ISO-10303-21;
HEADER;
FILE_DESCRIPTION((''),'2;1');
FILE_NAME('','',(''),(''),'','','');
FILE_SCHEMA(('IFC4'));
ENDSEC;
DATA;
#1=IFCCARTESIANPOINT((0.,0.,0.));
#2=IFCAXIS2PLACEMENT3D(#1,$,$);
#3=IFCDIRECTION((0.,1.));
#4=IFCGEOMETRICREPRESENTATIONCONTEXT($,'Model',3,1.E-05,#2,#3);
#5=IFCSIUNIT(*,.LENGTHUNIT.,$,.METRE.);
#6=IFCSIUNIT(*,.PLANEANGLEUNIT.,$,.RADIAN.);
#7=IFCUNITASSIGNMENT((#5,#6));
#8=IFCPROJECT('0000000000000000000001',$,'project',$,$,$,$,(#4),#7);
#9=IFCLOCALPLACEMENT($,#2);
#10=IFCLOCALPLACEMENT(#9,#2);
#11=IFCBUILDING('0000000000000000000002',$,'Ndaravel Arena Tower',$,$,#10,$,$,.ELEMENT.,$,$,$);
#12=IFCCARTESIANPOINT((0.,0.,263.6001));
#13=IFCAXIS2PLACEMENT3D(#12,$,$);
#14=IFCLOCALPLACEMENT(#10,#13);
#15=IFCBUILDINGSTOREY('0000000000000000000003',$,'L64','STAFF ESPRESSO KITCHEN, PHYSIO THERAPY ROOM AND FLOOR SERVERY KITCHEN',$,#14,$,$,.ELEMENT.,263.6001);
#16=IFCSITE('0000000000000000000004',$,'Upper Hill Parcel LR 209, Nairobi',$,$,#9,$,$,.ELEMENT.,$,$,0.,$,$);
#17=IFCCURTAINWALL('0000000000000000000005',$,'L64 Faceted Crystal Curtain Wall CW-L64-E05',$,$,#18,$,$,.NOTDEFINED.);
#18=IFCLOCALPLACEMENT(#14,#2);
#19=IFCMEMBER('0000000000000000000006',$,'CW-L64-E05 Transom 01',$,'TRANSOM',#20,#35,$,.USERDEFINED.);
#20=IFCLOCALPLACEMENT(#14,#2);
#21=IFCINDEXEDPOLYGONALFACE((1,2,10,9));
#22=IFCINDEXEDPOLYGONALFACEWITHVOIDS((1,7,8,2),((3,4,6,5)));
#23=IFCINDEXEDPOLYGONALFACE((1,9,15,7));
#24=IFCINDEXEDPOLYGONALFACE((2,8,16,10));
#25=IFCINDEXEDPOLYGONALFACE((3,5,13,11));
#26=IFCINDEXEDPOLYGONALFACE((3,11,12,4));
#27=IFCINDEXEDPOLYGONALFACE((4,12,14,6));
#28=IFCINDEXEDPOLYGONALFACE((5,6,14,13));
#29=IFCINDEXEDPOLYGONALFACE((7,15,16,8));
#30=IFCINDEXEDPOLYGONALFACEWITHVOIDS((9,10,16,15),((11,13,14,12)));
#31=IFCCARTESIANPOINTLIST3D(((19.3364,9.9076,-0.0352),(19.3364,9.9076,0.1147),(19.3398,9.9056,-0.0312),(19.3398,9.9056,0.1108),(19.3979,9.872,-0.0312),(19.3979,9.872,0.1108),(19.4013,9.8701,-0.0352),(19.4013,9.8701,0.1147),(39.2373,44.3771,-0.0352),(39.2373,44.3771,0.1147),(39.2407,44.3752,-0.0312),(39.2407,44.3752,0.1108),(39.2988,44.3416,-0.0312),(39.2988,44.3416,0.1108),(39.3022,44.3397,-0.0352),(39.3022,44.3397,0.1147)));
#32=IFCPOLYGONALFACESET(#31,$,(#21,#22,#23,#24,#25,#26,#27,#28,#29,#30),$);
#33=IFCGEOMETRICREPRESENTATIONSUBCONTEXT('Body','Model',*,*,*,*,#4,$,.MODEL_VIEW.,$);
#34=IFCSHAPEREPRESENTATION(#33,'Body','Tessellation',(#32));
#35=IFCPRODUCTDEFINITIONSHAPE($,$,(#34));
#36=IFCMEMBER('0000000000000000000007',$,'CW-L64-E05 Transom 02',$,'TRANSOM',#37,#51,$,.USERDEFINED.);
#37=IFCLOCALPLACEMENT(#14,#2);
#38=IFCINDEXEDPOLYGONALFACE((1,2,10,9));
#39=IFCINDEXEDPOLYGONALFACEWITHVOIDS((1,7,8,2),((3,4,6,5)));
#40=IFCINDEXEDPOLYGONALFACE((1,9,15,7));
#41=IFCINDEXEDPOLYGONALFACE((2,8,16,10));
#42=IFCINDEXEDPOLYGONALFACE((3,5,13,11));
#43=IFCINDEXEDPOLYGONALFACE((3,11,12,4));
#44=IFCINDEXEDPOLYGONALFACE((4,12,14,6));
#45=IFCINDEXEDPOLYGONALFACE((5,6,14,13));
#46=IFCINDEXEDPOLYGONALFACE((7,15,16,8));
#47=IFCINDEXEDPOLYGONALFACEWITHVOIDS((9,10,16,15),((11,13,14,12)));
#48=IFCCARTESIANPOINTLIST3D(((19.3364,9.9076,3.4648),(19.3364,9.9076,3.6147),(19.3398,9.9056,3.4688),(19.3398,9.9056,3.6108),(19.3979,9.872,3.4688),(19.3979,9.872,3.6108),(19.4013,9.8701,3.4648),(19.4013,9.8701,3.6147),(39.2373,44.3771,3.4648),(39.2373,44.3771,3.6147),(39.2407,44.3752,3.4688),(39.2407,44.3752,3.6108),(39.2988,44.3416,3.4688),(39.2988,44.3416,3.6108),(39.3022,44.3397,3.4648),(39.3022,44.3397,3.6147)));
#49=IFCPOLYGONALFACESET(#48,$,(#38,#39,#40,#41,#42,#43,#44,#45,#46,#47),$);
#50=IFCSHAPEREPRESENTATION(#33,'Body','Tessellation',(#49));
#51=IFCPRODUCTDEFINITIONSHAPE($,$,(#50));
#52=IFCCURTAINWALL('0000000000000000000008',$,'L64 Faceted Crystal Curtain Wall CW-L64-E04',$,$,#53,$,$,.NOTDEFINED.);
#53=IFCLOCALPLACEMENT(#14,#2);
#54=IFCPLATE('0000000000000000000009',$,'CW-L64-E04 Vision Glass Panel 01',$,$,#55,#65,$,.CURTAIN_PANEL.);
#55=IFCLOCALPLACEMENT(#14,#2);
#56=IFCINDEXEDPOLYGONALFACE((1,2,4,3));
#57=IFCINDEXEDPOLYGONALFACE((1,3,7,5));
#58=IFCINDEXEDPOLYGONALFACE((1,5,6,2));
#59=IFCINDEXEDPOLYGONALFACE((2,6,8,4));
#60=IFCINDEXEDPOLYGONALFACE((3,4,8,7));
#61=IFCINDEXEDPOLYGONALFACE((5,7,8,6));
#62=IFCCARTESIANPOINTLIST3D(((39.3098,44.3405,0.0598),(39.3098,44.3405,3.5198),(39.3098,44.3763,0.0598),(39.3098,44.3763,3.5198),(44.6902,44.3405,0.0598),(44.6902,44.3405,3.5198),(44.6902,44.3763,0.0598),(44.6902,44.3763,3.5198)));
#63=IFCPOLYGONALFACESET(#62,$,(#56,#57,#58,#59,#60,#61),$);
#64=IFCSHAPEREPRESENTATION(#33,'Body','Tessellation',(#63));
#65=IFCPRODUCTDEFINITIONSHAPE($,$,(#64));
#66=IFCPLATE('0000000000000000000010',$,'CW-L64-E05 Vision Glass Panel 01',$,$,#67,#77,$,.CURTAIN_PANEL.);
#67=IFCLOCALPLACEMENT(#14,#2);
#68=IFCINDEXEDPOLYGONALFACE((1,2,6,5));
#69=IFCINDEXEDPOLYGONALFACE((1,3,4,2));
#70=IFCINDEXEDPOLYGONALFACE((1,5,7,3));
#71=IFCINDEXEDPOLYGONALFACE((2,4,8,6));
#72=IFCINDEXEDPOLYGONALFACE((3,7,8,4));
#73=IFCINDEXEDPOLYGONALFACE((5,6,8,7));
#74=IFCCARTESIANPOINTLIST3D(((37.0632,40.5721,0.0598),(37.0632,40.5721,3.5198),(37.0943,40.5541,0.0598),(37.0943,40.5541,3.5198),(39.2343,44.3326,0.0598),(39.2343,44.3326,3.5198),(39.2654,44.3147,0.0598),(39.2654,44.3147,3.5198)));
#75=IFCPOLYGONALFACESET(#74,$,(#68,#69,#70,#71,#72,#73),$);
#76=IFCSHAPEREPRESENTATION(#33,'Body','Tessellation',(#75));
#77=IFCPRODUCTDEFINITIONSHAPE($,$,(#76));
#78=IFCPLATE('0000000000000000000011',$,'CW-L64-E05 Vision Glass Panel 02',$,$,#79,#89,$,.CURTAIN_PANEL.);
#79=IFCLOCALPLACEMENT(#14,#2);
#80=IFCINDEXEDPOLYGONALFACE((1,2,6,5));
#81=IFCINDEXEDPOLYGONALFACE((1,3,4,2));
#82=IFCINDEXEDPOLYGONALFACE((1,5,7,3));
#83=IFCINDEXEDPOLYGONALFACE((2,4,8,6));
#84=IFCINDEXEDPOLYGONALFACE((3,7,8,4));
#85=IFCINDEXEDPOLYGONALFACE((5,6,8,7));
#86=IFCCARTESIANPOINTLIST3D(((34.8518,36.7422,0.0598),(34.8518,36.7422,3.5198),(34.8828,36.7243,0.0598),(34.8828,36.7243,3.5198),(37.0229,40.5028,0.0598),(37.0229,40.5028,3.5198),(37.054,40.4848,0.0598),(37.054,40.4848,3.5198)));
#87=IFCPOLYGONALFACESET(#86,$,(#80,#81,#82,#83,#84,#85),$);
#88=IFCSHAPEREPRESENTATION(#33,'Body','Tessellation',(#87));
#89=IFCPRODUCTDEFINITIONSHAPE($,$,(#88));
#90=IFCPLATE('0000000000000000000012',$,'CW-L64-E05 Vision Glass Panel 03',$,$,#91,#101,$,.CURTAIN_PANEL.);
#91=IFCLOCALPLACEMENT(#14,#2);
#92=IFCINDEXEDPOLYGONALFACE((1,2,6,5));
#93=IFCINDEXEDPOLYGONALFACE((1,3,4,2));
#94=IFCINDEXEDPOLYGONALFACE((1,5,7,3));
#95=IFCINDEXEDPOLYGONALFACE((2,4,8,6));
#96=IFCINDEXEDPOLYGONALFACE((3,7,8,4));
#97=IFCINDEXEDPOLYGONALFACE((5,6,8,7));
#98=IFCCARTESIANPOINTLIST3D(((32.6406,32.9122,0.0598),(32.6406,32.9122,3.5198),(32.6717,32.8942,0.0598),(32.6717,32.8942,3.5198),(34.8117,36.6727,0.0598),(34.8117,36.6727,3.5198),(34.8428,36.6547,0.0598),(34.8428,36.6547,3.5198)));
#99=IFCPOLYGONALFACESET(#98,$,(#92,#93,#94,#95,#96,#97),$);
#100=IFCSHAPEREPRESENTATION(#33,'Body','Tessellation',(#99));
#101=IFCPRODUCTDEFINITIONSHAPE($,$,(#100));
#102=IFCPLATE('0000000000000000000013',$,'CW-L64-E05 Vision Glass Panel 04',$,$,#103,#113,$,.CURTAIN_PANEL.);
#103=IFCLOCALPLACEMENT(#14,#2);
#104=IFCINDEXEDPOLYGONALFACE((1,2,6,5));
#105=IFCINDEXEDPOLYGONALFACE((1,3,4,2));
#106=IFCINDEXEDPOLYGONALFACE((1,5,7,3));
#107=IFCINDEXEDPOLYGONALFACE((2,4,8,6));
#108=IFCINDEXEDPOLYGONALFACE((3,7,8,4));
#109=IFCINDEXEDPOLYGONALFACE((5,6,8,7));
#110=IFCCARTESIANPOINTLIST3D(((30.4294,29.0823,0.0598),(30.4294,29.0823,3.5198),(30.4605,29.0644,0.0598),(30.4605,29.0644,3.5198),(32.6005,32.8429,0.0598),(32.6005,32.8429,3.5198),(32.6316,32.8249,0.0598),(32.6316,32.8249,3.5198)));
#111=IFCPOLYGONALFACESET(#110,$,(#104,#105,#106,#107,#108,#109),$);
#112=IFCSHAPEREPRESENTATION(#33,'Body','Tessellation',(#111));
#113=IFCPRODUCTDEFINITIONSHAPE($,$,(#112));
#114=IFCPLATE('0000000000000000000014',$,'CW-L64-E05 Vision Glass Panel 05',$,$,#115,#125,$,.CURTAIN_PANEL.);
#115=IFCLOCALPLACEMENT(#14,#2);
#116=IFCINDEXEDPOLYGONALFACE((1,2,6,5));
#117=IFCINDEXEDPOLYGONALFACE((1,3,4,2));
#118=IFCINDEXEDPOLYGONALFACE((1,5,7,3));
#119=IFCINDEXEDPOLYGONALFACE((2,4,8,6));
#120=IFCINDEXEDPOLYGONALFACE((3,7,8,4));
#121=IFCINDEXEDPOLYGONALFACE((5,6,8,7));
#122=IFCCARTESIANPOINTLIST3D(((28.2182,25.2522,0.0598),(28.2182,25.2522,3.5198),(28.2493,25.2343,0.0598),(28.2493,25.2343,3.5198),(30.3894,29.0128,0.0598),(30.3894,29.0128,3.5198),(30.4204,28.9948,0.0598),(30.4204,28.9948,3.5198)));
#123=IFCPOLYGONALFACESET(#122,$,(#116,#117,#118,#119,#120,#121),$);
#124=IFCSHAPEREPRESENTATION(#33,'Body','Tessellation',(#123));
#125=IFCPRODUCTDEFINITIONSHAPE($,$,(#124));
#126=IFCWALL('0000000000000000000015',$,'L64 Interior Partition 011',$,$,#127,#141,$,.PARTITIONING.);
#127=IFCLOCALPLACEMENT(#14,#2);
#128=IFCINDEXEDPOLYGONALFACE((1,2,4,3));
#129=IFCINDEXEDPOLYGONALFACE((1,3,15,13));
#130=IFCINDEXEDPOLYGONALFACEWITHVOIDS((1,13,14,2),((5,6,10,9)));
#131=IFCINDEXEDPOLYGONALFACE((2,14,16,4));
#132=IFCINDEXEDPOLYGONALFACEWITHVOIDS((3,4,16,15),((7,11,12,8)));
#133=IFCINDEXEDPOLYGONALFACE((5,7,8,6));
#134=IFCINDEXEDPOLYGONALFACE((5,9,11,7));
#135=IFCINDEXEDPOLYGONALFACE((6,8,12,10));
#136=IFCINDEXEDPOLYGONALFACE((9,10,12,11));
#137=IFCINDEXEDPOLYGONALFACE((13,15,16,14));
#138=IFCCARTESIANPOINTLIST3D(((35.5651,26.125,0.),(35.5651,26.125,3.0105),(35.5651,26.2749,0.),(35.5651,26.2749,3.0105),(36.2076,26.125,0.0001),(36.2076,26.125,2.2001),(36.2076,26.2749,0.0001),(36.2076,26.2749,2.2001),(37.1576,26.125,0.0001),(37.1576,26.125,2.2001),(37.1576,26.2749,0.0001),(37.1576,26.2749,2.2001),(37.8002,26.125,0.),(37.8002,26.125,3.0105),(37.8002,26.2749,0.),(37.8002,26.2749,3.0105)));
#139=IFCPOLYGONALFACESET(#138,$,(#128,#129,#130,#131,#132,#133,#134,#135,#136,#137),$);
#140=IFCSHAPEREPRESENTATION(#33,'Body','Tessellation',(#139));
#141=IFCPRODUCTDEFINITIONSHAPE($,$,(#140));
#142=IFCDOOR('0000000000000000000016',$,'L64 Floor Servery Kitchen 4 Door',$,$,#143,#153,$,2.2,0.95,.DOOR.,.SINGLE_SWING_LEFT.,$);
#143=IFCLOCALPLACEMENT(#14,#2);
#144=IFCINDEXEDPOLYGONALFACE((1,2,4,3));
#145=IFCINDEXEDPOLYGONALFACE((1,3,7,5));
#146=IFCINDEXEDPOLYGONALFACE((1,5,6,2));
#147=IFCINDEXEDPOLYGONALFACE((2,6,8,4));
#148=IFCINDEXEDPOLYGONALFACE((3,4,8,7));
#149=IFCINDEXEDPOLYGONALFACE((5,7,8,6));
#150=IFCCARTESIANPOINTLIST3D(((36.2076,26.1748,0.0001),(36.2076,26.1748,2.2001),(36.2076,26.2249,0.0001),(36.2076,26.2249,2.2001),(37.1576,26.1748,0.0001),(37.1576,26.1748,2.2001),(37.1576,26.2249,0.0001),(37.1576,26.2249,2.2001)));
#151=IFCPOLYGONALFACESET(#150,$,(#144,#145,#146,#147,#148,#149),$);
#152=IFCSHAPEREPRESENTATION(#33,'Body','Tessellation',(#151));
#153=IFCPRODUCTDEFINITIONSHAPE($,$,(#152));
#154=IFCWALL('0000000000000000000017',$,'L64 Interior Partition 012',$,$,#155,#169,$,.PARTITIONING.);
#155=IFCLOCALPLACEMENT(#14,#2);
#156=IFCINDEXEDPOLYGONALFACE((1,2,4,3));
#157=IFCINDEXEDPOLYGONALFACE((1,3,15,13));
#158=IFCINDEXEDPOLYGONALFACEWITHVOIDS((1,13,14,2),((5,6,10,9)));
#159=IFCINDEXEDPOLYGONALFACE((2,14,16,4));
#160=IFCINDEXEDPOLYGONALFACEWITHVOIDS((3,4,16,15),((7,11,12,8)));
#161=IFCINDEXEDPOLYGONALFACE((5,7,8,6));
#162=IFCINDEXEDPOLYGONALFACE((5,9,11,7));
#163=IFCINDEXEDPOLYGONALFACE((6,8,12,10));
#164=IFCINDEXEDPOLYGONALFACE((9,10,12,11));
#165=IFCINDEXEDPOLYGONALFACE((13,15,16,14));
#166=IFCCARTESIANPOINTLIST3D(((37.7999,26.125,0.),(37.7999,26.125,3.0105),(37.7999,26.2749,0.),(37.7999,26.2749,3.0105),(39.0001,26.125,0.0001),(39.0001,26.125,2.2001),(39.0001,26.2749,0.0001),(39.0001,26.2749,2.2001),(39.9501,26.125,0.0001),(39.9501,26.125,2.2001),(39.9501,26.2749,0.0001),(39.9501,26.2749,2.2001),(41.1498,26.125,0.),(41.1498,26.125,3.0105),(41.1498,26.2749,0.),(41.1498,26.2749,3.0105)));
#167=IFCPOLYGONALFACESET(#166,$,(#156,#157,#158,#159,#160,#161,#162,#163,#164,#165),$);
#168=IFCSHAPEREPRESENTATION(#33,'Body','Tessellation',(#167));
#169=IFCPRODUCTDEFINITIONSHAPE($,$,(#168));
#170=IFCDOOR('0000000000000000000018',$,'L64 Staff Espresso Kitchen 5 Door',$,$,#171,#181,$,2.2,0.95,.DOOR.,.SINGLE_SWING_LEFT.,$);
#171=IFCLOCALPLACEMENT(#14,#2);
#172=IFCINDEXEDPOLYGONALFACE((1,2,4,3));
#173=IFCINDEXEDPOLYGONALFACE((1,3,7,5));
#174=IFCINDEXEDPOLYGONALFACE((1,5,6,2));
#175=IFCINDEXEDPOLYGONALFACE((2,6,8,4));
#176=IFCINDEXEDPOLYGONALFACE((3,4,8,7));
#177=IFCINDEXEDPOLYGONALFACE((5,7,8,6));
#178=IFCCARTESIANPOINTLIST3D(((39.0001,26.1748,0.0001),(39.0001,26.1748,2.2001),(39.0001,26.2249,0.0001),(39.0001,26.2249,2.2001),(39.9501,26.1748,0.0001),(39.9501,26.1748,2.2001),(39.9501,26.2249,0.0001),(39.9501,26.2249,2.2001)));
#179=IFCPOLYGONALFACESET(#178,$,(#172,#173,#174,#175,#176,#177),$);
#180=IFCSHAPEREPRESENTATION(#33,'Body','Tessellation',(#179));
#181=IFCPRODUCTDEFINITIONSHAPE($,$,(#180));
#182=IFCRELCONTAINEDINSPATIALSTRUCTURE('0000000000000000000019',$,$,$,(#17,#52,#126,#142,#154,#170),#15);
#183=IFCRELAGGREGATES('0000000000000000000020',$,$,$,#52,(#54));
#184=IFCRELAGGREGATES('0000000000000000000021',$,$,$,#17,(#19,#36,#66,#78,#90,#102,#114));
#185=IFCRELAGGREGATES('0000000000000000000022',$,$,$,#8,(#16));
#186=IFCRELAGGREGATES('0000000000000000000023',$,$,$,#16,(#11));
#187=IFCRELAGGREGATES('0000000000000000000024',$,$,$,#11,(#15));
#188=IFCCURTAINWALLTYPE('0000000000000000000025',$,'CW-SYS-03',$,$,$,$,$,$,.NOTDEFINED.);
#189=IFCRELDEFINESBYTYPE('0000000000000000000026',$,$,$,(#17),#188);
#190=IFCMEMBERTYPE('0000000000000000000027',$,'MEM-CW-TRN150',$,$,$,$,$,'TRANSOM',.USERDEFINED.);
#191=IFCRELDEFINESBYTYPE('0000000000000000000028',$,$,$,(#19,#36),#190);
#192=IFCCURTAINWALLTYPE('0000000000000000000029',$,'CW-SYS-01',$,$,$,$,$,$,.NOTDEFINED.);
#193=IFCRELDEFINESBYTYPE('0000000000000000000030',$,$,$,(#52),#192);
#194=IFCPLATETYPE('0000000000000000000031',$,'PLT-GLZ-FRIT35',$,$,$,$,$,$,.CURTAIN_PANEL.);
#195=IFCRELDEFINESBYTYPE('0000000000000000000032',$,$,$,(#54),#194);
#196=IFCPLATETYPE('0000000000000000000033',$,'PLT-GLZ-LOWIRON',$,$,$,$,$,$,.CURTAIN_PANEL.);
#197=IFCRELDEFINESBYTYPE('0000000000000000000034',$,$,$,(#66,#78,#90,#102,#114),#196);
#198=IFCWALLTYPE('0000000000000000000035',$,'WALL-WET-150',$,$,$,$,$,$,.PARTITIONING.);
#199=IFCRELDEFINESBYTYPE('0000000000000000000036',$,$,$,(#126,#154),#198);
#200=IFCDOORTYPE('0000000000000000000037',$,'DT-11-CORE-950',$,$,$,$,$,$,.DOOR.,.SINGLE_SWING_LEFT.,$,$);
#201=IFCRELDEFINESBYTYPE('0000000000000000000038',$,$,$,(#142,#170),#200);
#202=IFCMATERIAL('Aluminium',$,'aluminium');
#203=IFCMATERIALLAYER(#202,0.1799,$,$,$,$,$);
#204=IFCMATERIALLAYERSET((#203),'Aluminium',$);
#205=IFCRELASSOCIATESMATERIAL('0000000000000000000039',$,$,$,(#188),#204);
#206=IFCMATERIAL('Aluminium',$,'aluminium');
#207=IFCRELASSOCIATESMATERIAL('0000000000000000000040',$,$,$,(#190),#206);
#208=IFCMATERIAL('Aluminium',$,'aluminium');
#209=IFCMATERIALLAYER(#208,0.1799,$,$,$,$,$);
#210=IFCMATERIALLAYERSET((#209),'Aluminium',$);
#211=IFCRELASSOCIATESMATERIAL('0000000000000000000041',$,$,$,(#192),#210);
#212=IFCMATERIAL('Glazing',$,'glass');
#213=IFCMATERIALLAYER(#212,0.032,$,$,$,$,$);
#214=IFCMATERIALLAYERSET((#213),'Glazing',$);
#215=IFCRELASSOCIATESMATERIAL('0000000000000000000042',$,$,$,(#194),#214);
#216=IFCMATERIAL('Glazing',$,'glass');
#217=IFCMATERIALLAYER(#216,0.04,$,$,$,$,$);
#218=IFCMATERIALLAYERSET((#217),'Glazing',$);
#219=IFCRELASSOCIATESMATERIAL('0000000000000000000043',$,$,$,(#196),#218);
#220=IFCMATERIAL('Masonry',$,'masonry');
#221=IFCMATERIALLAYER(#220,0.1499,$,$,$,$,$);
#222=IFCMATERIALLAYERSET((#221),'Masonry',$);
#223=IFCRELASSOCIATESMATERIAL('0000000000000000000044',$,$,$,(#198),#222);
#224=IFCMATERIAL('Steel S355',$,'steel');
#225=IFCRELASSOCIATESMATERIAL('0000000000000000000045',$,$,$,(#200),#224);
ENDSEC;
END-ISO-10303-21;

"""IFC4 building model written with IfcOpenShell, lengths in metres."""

from ifc_helpers import new_model, si_unit, direction, frame, frame_2d, origin, origin_2d, place, context, subcontext, project, spatial, rectangle, hollow_rectangle, extrude, material, layer, layer_set, material_profile, profile_set, type_object, element, fill, aggregate, save


model = new_model("IFC4")

# Units and contexts
model_context = context("Model", 3, precision=1e-05, world=origin(), true_north=direction((0.0, 1.0)))
body_context = subcontext(model_context, "Body", "Model", "MODEL_VIEW")
ifc_project = project(units=[si_unit("LENGTHUNIT", "METRE"), si_unit("PLANEANGLEUNIT", "RADIAN")], contexts=[model_context])

# Site, building, storey
site_placement = place(None, origin())
site = spatial("IfcSite", under=ifc_project, at=site_placement, Name="Upper Hill Parcel LR 209, Nairobi", CompositionType="ELEMENT", RefElevation=0.0)
building_placement = place(site_placement, origin())
building = spatial("IfcBuilding", under=site, at=building_placement, Name="Ndaravel Arena Tower", CompositionType="ELEMENT")
storey_placement = place(building_placement, frame((0.0, 0.0, 263.6001)))
storey = spatial("IfcBuildingStorey", under=building, at=storey_placement, Name="L64", Description="STAFF ESPRESSO KITCHEN, PHYSIO THERAPY ROOM AND FLOOR SERVERY KITCHEN", CompositionType="ELEMENT", Elevation=263.6001)

# Curtain wall, members
ifc_material_1 = material(Name="Aluminium", Category="aluminium")
ifc_layer_1 = layer(ifc_material_1, 0.1799)
ifc_layer_set_1 = layer_set([ifc_layer_1], Name="Aluminium")
curtain_wall_type_1 = type_object("IfcCurtainWallType", Name="CW-SYS-03", PredefinedType="NOTDEFINED", material=ifc_layer_set_1)
curtain_wall_1_placement = place(storey_placement, origin())
curtain_wall_1 = element("IfcCurtainWall", 1, at=curtain_wall_1_placement, inside=storey, type_object=curtain_wall_type_1, Name="L64 Faceted Crystal Curtain Wall CW-L64-E05", PredefinedType="NOTDEFINED")
ifc_material_2 = material(Name="Aluminium", Category="aluminium")
ifc_material_profile_1 = material_profile(ifc_material_2, hollow_rectangle(XDim=0.075, YDim=0.1499, WallThickness=0.0039, at=origin_2d()), Name="CW TRANSOM 75x150x4")
ifc_profile_set_1 = profile_set([ifc_material_profile_1], Name="Aluminium")
member_type_1 = type_object("IfcMemberType", Name="MEM-CW-TRN150", ElementType="TRANSOM", PredefinedType="USERDEFINED", material=ifc_profile_set_1)
member_1_placement = place(storey_placement, frame((39.2698, 44.3584, 0.0398), z_axis=(-0.499998, -0.866026, 0.0), x_axis=(0.866026, -0.499998, 0.0)))
member_1 = element("IfcMember", 2, at=member_1_placement, type_object=member_type_1, Name="CW-L64-E05 Transom 01", ObjectType="TRANSOM", PredefinedType="USERDEFINED", context=body_context, shape_type="SweptSolid", body=[
    extrude(hollow_rectangle(XDim=0.075, YDim=0.1499, WallThickness=0.0039, at=origin_2d()), origin(), (0.0, 0.0, 1.0), 39.802),
])
member_2_placement = place(storey_placement, frame((39.2698, 44.3584, 3.5398), z_axis=(-0.499998, -0.866026, 0.0), x_axis=(0.866026, -0.499998, 0.0)))
member_2 = element("IfcMember", 3, at=member_2_placement, type_object=member_type_1, Name="CW-L64-E05 Transom 02", ObjectType="TRANSOM", PredefinedType="USERDEFINED", context=body_context, shape_type="SweptSolid", body=[
    extrude(hollow_rectangle(XDim=0.075, YDim=0.1499, WallThickness=0.0039, at=origin_2d()), origin(), (0.0, 0.0, 1.0), 39.802),
])

# Curtain wall, plate
ifc_material_3 = material(Name="Aluminium", Category="aluminium")
ifc_layer_2 = layer(ifc_material_3, 0.1799)
ifc_layer_set_2 = layer_set([ifc_layer_2], Name="Aluminium")
curtain_wall_type_2 = type_object("IfcCurtainWallType", Name="CW-SYS-01", PredefinedType="NOTDEFINED", material=ifc_layer_set_2)
curtain_wall_2_placement = place(storey_placement, origin())
curtain_wall_2 = element("IfcCurtainWall", 4, at=curtain_wall_2_placement, inside=storey, type_object=curtain_wall_type_2, Name="L64 Faceted Crystal Curtain Wall CW-L64-E04", PredefinedType="NOTDEFINED")
ifc_material_4 = material(Name="Glazing", Category="glass")
ifc_layer_3 = layer(ifc_material_4, 0.032)
ifc_layer_set_3 = layer_set([ifc_layer_3], Name="Glazing")
plate_type_1 = type_object("IfcPlateType", Name="PLT-GLZ-FRIT35", PredefinedType="CURTAIN_PANEL", material=ifc_layer_set_3)
plate_1_placement = place(storey_placement, frame((42.0, 44.3584, 0.0598), z_axis=(0.0, 0.0, 1.0), x_axis=(-1.0, 0.0, 0.0)))
plate_1 = element("IfcPlate", 5, at=plate_1_placement, type_object=plate_type_1, Name="CW-L64-E04 Vision Glass Panel 01", PredefinedType="CURTAIN_PANEL", context=body_context, shape_type="SweptSolid", body=[
    extrude(rectangle(XDim=5.3804, YDim=0.0359, at=origin_2d()), origin(), (0.0, 0.0, 1.0), 3.46),
])
aggregate(curtain_wall_2, [plate_1])

# Plates
ifc_material_5 = material(Name="Glazing", Category="glass")
ifc_layer_4 = layer(ifc_material_5, 0.04)
ifc_layer_set_4 = layer_set([ifc_layer_4], Name="Glazing")
plate_type_2 = type_object("IfcPlateType", Name="PLT-GLZ-LOWIRON", PredefinedType="CURTAIN_PANEL", material=ifc_layer_set_4)
plate_2_placement = place(storey_placement, frame((38.1643, 42.4434, 0.0598), z_axis=(0.0, 0.0, 1.0), x_axis=(-0.5, -0.866025, 0.0)))
plate_2 = element("IfcPlate", 6, at=plate_2_placement, type_object=plate_type_2, Name="CW-L64-E05 Vision Glass Panel 01", PredefinedType="CURTAIN_PANEL", context=body_context, shape_type="SweptSolid", body=[
    extrude(rectangle(XDim=4.3423, YDim=0.0359, at=origin_2d()), origin(), (0.0, 0.0, 1.0), 3.46),
])
plate_3_placement = place(storey_placement, frame((35.9529, 38.6135, 0.0598), z_axis=(0.0, 0.0, 1.0), x_axis=(-0.5, -0.866025, 0.0)))
plate_3 = element("IfcPlate", 7, at=plate_3_placement, type_object=plate_type_2, Name="CW-L64-E05 Vision Glass Panel 02", PredefinedType="CURTAIN_PANEL", context=body_context, shape_type="SweptSolid", body=[
    extrude(rectangle(XDim=4.3423, YDim=0.0359, at=origin_2d()), origin(), (0.0, 0.0, 1.0), 3.46),
])
plate_4_placement = place(storey_placement, frame((33.7417, 34.7834, 0.0598), z_axis=(0.0, 0.0, 1.0), x_axis=(-0.5, -0.866025, 0.0)))
plate_4 = element("IfcPlate", 8, at=plate_4_placement, type_object=plate_type_2, Name="CW-L64-E05 Vision Glass Panel 03", PredefinedType="CURTAIN_PANEL", context=body_context, shape_type="SweptSolid", body=[
    extrude(rectangle(XDim=4.3423, YDim=0.0359, at=origin_2d()), origin(), (0.0, 0.0, 1.0), 3.46),
])
plate_5_placement = place(storey_placement, frame((31.5305, 30.9536, 0.0598), z_axis=(0.0, 0.0, 1.0), x_axis=(-0.5, -0.866025, 0.0)))
plate_5 = element("IfcPlate", 9, at=plate_5_placement, type_object=plate_type_2, Name="CW-L64-E05 Vision Glass Panel 04", PredefinedType="CURTAIN_PANEL", context=body_context, shape_type="SweptSolid", body=[
    extrude(rectangle(XDim=4.3423, YDim=0.0359, at=origin_2d()), origin(), (0.0, 0.0, 1.0), 3.46),
])
plate_6_placement = place(storey_placement, frame((29.3193, 27.1235, 0.0598), z_axis=(0.0, 0.0, 1.0), x_axis=(-0.5, -0.866025, 0.0)))
plate_6 = element("IfcPlate", 10, at=plate_6_placement, type_object=plate_type_2, Name="CW-L64-E05 Vision Glass Panel 05", PredefinedType="CURTAIN_PANEL", context=body_context, shape_type="SweptSolid", body=[
    extrude(rectangle(XDim=4.3423, YDim=0.0359, at=origin_2d()), origin(), (0.0, 0.0, 1.0), 3.46),
])
aggregate(curtain_wall_1, [member_1, member_2, plate_2, plate_3, plate_4, plate_5, plate_6])

# Walls, openings, doors
ifc_material_6 = material(Name="Masonry", Category="masonry")
ifc_layer_5 = layer(ifc_material_6, 0.1499)
ifc_layer_set_5 = layer_set([ifc_layer_5], Name="Masonry")
wall_type = type_object("IfcWallType", Name="WALL-WET-150", PredefinedType="PARTITIONING", material=ifc_layer_set_5)
wall_1_placement = place(storey_placement, frame((35.5649, 26.2, 0.0), z_axis=(0.0, 0.0, 1.0), x_axis=(1.0, 0.0, 0.0)))
wall_1 = element("IfcWall", 11, at=wall_1_placement, inside=storey, type_object=wall_type, Name="L64 Interior Partition 011", PredefinedType="PARTITIONING", context=body_context, shape_type="SweptSolid", body=[
    extrude(rectangle(XDim=2.2351, YDim=0.1499, at=frame_2d((1.1177, 0.0))), origin(), (0.0, 0.0, 1.0), 3.0105),
])
opening_1_placement = place(wall_1_placement, frame((0.6426, 0.0, 0.0)))
opening_1 = element("IfcOpeningElement", 12, at=opening_1_placement, cuts=wall_1, PredefinedType="OPENING", context=body_context, shape_type="SweptSolid", body=[
    extrude(rectangle(XDim=0.95, YDim=2.2, at=frame_2d((0.4751, 1.1001))), frame((0.0, 0.075, 0.0), z_axis=(0.0, -1.0, 0.0), x_axis=(1.0, 0.0, 0.0)), (0.0, 0.0, 1.0), 0.1499),
])
ifc_material_7 = material(Name="Steel S355", Category="steel")
door_type = type_object("IfcDoorType", Name="DT-11-CORE-950", OperationType="SINGLE_SWING_LEFT", PredefinedType="DOOR", material=ifc_material_7)
door_1_placement = place(opening_1_placement, origin())
door_1 = element("IfcDoor", 13, at=door_1_placement, inside=storey, type_object=door_type, Name="L64 Floor Servery Kitchen 4 Door", OperationType="SINGLE_SWING_LEFT", OverallHeight=2.2, OverallWidth=0.95, PredefinedType="DOOR", context=body_context, shape_type="SweptSolid", body=[
    extrude(rectangle(XDim=0.95, YDim=2.2, at=frame_2d((0.4751, 1.1001))), frame((0.0, 0.0249, 0.0), z_axis=(0.0, -1.0, 0.0), x_axis=(1.0, 0.0, 0.0)), (0.0, 0.0, 1.0), 0.05),
])
fill(opening_1, door_1)
wall_2_placement = place(storey_placement, frame((37.8, 26.2, 0.0), z_axis=(0.0, 0.0, 1.0), x_axis=(1.0, 0.0, 0.0)))
wall_2 = element("IfcWall", 14, at=wall_2_placement, inside=storey, type_object=wall_type, Name="L64 Interior Partition 012", PredefinedType="PARTITIONING", context=body_context, shape_type="SweptSolid", body=[
    extrude(rectangle(XDim=3.3499, YDim=0.1499, at=frame_2d((1.6748, 0.0))), origin(), (0.0, 0.0, 1.0), 3.0105),
])
opening_2_placement = place(wall_2_placement, frame((1.2, 0.0, 0.0)))
opening_2 = element("IfcOpeningElement", 15, at=opening_2_placement, cuts=wall_2, PredefinedType="OPENING", context=body_context, shape_type="SweptSolid", body=[
    extrude(rectangle(XDim=0.95, YDim=2.2, at=frame_2d((0.4751, 1.1001))), frame((0.0, 0.075, 0.0), z_axis=(0.0, -1.0, 0.0), x_axis=(1.0, 0.0, 0.0)), (0.0, 0.0, 1.0), 0.1499),
])
door_2_placement = place(opening_2_placement, origin())
door_2 = element("IfcDoor", 16, at=door_2_placement, inside=storey, type_object=door_type, Name="L64 Staff Espresso Kitchen 5 Door", OperationType="SINGLE_SWING_LEFT", OverallHeight=2.2, OverallWidth=0.95, PredefinedType="DOOR", context=body_context, shape_type="SweptSolid", body=[
    extrude(rectangle(XDim=0.95, YDim=2.2, at=frame_2d((0.4751, 1.1001))), frame((0.0, 0.0249, 0.0), z_axis=(0.0, -1.0, 0.0), x_axis=(1.0, 0.0, 0.0)), (0.0, 0.0, 1.0), 0.05),
])
fill(opening_2, door_2)

save(model, "model.ifc")
